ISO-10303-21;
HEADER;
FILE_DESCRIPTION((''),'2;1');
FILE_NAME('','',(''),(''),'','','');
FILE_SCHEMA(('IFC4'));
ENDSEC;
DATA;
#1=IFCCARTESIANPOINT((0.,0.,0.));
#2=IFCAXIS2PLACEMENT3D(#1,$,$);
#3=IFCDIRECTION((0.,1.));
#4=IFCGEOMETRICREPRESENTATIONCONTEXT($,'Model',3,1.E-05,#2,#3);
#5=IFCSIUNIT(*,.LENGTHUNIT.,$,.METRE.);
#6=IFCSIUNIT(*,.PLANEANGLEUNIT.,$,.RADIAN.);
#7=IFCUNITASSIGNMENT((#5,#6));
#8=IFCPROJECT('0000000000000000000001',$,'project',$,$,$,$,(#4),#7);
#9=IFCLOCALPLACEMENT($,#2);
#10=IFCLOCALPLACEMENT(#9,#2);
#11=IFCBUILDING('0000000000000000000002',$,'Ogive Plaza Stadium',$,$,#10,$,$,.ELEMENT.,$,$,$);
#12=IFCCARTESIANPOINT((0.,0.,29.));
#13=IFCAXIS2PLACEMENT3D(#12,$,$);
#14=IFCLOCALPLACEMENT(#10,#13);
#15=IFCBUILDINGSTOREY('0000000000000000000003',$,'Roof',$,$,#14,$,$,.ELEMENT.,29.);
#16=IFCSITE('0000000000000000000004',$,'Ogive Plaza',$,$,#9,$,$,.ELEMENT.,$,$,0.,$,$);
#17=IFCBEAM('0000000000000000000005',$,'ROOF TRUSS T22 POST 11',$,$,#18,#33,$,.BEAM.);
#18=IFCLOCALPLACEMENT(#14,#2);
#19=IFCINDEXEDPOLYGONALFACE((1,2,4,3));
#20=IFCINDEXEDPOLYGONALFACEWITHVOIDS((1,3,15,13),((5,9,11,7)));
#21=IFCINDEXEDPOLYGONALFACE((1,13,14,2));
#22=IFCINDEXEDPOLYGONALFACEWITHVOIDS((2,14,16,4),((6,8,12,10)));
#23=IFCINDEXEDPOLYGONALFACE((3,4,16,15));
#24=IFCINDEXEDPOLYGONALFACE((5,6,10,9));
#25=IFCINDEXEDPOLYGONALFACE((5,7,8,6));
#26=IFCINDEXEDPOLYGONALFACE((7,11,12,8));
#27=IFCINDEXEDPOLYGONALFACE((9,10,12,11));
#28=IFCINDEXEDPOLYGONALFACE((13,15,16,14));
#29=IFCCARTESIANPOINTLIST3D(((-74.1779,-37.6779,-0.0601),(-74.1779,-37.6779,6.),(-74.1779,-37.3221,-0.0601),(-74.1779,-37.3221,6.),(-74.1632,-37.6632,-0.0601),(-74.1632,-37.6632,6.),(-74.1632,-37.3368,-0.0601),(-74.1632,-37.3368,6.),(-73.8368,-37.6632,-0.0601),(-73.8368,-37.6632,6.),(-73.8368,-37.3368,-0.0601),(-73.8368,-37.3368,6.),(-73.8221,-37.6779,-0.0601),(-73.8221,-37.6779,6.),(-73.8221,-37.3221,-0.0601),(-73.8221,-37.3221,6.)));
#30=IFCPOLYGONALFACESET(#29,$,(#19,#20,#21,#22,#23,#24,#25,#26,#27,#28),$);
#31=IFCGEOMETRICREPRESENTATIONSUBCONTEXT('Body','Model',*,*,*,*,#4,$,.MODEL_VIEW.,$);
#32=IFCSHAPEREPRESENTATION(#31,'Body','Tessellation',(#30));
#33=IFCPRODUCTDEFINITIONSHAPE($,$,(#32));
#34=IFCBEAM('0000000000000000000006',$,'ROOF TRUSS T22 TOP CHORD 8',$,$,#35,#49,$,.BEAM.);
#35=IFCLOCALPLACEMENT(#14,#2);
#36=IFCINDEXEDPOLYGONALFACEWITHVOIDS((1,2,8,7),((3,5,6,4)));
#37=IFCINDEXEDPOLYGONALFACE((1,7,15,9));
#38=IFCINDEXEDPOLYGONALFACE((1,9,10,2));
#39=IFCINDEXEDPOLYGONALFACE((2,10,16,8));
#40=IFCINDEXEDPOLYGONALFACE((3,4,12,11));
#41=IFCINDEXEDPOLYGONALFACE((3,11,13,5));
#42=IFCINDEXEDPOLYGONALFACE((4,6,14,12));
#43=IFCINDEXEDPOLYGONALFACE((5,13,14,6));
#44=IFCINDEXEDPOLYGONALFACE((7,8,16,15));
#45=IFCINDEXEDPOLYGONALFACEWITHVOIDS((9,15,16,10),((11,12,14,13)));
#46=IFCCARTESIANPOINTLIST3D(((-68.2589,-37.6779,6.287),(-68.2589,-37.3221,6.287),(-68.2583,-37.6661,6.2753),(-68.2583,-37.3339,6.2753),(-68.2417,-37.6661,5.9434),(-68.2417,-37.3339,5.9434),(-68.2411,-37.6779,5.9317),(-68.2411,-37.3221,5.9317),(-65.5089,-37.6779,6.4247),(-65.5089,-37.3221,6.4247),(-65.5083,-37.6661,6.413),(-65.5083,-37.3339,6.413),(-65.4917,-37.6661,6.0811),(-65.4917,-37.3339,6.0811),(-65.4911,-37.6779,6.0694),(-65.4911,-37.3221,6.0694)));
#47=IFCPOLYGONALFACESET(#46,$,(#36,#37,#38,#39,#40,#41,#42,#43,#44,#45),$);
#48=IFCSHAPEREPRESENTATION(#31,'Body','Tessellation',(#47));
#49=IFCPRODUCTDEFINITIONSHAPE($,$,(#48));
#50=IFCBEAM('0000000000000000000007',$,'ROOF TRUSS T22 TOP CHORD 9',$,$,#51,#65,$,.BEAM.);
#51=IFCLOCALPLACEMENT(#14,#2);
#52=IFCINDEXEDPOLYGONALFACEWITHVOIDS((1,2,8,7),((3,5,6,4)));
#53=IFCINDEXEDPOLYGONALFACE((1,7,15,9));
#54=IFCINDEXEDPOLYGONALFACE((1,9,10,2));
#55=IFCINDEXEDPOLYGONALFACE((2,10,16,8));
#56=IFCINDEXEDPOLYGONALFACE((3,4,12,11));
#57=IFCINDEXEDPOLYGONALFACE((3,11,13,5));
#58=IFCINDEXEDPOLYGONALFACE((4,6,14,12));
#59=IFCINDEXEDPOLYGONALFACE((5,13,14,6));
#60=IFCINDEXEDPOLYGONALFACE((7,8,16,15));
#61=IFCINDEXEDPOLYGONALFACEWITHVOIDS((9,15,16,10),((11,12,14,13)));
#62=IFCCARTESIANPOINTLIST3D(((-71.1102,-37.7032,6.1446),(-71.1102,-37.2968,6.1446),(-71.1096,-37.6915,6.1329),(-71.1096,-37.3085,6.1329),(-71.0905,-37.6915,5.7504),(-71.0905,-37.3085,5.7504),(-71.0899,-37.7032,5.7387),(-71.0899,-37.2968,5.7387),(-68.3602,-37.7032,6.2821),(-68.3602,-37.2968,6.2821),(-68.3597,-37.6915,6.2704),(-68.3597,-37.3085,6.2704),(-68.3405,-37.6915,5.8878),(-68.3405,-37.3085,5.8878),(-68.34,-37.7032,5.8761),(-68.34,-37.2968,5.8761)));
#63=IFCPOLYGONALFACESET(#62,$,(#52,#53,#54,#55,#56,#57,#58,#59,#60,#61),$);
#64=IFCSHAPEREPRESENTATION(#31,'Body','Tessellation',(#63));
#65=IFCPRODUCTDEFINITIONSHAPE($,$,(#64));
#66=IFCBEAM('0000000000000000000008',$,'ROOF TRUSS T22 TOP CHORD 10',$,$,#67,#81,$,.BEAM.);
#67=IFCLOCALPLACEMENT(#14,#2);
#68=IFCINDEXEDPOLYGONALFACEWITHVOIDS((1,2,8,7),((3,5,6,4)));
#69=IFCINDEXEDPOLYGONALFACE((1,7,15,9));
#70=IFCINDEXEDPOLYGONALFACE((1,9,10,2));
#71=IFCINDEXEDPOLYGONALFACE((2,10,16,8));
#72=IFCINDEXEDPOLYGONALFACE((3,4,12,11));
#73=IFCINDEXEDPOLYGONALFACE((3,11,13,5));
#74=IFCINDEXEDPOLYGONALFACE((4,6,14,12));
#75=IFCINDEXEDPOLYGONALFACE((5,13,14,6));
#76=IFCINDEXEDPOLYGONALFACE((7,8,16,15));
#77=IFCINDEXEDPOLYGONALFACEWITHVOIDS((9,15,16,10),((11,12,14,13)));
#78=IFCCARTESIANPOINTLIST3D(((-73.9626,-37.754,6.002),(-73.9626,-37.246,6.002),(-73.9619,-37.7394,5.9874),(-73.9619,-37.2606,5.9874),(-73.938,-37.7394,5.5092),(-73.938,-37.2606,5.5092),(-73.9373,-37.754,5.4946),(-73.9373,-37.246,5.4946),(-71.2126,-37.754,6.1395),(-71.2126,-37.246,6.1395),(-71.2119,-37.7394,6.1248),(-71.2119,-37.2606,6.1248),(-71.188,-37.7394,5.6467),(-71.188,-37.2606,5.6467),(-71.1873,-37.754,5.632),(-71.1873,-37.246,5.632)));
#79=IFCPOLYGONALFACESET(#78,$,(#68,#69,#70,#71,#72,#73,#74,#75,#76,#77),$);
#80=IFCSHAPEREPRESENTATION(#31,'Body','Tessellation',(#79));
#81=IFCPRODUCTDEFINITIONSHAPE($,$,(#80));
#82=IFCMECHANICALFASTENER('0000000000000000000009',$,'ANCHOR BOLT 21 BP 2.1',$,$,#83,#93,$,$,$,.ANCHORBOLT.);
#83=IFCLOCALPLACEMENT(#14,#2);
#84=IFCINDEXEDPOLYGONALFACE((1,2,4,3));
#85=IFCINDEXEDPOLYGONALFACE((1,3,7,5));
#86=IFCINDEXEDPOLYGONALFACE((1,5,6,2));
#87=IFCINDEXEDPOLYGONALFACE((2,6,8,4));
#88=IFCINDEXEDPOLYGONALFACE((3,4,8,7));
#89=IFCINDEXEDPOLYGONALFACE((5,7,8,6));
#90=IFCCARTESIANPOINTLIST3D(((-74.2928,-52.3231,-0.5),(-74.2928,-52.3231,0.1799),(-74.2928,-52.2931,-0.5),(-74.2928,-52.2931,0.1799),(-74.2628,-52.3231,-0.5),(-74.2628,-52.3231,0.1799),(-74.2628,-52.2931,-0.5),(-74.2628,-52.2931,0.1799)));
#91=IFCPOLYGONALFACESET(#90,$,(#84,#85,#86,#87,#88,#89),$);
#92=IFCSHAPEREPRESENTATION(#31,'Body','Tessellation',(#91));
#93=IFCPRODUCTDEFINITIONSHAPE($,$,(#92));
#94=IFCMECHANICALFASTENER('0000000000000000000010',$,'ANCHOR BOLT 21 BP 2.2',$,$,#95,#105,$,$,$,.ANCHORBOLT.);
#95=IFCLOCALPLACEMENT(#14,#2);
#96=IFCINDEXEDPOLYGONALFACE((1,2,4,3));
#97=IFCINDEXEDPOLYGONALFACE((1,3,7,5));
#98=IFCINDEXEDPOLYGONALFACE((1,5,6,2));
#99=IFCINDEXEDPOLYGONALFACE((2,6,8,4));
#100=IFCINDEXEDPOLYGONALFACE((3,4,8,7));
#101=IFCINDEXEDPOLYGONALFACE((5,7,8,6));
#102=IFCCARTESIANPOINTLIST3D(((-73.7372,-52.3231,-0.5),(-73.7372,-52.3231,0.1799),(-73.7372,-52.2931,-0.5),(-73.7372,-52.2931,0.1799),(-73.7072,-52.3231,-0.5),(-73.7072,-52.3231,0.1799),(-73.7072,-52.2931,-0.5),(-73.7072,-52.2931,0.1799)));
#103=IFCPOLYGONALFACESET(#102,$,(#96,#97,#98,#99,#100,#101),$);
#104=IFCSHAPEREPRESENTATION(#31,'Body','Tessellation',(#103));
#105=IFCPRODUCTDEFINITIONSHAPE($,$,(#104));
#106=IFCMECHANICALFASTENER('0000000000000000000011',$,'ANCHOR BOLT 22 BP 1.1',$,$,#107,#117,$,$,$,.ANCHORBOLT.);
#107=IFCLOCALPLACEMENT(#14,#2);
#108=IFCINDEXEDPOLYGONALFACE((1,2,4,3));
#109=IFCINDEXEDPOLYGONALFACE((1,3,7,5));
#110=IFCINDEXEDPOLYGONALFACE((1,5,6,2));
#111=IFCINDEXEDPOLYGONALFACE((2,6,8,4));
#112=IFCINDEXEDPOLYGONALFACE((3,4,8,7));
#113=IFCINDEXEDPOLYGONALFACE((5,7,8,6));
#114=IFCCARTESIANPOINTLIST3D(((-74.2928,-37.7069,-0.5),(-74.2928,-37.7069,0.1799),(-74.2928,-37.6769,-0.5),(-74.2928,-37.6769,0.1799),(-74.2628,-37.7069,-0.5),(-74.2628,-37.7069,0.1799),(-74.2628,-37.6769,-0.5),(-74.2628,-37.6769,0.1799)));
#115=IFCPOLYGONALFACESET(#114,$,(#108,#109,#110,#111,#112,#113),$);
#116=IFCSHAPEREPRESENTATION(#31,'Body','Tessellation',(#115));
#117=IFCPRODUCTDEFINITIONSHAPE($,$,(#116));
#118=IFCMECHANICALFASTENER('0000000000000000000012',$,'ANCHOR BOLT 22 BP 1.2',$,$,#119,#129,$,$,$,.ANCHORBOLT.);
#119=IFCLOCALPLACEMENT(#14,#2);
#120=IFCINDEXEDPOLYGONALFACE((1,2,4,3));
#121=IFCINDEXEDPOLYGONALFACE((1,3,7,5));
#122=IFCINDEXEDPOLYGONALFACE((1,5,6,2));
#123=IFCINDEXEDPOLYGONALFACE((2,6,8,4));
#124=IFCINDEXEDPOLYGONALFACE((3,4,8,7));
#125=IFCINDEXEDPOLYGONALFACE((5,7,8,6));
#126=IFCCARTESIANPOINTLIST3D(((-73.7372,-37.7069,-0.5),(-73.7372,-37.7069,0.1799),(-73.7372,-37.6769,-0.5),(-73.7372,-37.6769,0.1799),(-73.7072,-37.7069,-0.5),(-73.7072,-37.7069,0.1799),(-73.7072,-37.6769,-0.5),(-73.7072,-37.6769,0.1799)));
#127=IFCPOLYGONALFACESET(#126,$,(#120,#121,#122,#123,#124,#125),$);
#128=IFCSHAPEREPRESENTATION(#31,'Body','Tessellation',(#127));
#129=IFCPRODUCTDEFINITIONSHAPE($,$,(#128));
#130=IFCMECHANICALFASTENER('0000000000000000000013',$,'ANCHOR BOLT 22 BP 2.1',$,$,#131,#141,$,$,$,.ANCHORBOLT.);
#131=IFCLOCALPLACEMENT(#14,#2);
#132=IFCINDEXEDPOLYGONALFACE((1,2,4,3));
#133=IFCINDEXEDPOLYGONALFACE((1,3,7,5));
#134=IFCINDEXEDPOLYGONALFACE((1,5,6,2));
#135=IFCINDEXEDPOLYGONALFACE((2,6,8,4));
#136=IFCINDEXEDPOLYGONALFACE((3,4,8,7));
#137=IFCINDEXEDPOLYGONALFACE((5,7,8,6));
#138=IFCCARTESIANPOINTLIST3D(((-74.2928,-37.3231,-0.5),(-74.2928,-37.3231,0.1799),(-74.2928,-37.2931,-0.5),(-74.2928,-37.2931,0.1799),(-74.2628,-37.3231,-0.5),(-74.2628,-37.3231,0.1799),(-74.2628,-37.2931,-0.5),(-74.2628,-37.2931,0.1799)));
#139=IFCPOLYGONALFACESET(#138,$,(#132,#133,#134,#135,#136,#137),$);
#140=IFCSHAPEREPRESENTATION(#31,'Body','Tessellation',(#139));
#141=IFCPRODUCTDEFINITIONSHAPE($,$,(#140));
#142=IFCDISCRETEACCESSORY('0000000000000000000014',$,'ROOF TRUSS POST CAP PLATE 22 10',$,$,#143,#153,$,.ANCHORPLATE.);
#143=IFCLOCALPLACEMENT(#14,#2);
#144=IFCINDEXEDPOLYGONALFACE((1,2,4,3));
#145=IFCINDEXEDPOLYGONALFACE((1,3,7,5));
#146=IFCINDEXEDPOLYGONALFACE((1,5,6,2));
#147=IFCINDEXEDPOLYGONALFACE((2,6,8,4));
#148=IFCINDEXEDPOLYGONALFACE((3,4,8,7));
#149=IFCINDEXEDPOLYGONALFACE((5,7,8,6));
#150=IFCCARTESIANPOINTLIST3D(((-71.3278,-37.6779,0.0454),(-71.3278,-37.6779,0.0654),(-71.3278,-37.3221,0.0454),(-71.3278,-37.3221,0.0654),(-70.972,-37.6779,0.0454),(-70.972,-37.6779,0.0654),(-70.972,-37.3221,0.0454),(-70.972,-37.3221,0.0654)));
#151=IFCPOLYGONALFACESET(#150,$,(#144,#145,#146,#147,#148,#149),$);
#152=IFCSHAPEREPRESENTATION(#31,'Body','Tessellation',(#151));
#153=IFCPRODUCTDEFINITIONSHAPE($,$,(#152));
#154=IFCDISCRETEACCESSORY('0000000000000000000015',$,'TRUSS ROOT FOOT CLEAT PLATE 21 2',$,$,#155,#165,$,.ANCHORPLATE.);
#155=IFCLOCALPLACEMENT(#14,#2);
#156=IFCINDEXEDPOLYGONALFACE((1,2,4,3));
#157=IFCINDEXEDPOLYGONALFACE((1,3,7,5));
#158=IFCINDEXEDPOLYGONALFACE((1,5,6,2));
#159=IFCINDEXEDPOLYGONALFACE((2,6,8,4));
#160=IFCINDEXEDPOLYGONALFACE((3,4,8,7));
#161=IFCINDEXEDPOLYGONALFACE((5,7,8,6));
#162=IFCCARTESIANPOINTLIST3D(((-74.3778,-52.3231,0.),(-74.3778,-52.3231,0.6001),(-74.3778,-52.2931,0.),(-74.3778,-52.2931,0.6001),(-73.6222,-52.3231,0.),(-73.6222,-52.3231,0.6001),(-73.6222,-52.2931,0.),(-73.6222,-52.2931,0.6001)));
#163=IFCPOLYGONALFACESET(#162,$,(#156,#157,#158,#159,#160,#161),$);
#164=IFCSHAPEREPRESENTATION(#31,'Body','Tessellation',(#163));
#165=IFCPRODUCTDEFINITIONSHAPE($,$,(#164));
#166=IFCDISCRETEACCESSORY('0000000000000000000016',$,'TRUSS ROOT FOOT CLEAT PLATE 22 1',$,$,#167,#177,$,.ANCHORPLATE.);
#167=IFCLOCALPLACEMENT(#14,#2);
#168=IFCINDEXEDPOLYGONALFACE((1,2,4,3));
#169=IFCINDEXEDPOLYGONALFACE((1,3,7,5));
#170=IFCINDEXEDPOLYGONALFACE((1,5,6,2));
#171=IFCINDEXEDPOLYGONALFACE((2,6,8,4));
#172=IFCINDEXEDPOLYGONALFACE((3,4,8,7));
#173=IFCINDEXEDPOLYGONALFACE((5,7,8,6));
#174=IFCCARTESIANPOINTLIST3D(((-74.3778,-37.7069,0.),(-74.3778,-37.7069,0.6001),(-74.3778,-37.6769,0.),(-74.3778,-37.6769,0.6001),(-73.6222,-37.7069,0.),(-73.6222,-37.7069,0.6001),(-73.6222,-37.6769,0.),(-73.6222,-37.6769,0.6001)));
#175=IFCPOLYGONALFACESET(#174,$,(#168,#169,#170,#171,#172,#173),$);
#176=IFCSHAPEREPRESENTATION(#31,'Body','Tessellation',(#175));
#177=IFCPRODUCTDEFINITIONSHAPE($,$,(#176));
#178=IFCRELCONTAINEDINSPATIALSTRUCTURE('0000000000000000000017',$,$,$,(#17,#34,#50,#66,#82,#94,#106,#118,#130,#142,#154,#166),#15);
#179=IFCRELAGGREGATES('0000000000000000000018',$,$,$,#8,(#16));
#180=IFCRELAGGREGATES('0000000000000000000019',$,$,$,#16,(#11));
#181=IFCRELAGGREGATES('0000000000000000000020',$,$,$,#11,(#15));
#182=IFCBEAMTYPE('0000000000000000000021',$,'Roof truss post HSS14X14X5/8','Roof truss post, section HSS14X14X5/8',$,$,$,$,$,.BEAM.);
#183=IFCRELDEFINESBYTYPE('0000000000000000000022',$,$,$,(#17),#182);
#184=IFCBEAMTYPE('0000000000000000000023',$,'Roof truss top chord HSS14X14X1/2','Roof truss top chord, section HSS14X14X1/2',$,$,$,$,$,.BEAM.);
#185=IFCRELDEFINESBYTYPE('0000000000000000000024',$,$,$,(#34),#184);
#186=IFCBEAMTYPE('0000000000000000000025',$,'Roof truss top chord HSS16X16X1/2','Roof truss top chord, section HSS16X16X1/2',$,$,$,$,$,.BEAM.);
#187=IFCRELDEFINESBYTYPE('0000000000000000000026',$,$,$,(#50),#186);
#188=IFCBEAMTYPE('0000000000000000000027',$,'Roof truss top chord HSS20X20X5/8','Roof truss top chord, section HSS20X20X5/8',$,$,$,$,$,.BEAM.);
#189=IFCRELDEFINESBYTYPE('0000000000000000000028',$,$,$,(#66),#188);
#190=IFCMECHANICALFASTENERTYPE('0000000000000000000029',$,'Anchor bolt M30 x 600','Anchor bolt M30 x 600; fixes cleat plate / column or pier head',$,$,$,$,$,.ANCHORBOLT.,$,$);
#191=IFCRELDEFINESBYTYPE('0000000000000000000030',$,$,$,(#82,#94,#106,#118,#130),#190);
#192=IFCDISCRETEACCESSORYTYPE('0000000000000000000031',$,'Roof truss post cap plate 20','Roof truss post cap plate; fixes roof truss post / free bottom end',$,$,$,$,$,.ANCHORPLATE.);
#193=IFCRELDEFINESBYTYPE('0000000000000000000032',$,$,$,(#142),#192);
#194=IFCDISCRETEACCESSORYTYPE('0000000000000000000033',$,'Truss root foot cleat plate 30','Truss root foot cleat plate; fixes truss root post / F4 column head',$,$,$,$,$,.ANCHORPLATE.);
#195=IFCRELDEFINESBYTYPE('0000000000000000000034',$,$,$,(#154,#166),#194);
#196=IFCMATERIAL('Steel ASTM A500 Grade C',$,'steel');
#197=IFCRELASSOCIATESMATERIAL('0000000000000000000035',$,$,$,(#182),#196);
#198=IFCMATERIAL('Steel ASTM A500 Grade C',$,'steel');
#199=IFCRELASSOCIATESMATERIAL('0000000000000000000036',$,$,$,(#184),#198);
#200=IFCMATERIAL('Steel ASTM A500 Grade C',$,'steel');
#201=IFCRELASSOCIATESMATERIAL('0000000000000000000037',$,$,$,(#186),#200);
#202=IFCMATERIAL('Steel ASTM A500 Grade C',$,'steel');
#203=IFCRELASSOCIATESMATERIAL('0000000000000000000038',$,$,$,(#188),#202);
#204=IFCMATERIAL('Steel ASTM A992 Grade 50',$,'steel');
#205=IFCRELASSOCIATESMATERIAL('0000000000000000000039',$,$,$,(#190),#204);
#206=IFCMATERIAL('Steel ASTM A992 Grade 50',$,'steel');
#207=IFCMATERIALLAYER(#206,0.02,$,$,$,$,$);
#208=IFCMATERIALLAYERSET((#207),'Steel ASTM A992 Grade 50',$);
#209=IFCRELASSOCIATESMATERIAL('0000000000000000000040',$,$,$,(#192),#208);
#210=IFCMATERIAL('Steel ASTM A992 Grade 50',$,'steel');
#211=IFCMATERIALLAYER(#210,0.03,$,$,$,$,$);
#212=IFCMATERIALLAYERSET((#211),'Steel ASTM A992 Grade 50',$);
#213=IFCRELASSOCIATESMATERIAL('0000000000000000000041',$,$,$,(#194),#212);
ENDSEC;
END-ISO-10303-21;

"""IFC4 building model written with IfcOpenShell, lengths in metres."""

from ifc_helpers import new_model, si_unit, direction, frame, origin, origin_2d, place, context, subcontext, project, spatial, rectangle, hollow_rectangle, extrude, material, layer, layer_set, material_profile, profile_set, type_object, element, save


model = new_model("IFC4")

# Units and contexts
model_context = context("Model", 3, precision=1e-05, world=origin(), true_north=direction((0.0, 1.0)))
body_context = subcontext(model_context, "Body", "Model", "MODEL_VIEW")
ifc_project = project(units=[si_unit("LENGTHUNIT", "METRE"), si_unit("PLANEANGLEUNIT", "RADIAN")], contexts=[model_context])

# Site, building, storey
site_placement = place(None, origin())
site = spatial("IfcSite", under=ifc_project, at=site_placement, Name="Ogive Plaza", CompositionType="ELEMENT", RefElevation=0.0)
building_placement = place(site_placement, origin())
building = spatial("IfcBuilding", under=site, at=building_placement, Name="Ogive Plaza Stadium", CompositionType="ELEMENT")
storey_placement = place(building_placement, frame((0.0, 0.0, 29.0)))
storey = spatial("IfcBuildingStorey", under=building, at=storey_placement, Name="Roof", CompositionType="ELEMENT", Elevation=29.0)

# Beams
ifc_material_1 = material(Name="Steel ASTM A500 Grade C", Category="steel")
ifc_material_profile_1 = material_profile(ifc_material_1, hollow_rectangle(XDim=0.3557, YDim=0.3557, WallThickness=0.0146, at=origin_2d()), Name="HSS14X14X5/8")
ifc_profile_set_1 = profile_set([ifc_material_profile_1], Name="Steel ASTM A500 Grade C")
beam_type_1 = type_object("IfcBeamType", Name="Roof truss post HSS14X14X5/8", Description="Roof truss post, section HSS14X14X5/8", PredefinedType="BEAM", material=ifc_profile_set_1)
beam_1_placement = place(storey_placement, frame((-74.0, -37.5, -0.0601), z_axis=(0.0, 0.0, 1.0), x_axis=(0.0, -1.0, 0.0)))
element("IfcBeam", 1, at=beam_1_placement, inside=storey, type_object=beam_type_1, Name="ROOF TRUSS T22 POST 11", PredefinedType="BEAM", context=body_context, shape_type="SweptSolid", body=[
    extrude(hollow_rectangle(XDim=0.3557, YDim=0.3557, WallThickness=0.0146, at=origin_2d()), origin(), (0.0, 0.0, 1.0), 6.0601),
])
ifc_material_2 = material(Name="Steel ASTM A500 Grade C", Category="steel")
ifc_material_profile_2 = material_profile(ifc_material_2, hollow_rectangle(XDim=0.3557, YDim=0.3557, WallThickness=0.0117, at=origin_2d()), Name="HSS14X14X1/2")
ifc_profile_set_2 = profile_set([ifc_material_profile_2], Name="Steel ASTM A500 Grade C")
beam_type_2 = type_object("IfcBeamType", Name="Roof truss top chord HSS14X14X1/2", Description="Roof truss top chord, section HSS14X14X1/2", PredefinedType="BEAM", material=ifc_profile_set_2)
beam_2_placement = place(storey_placement, frame((-65.5, -37.5, 6.2471), z_axis=(-0.998749, 0.0, -0.050008), x_axis=(0.0, -1.0, 0.0)))
element("IfcBeam", 2, at=beam_2_placement, inside=storey, type_object=beam_type_2, Name="ROOF TRUSS T22 TOP CHORD 8", PredefinedType="BEAM", context=body_context, shape_type="SweptSolid", body=[
    extrude(hollow_rectangle(XDim=0.3557, YDim=0.3557, WallThickness=0.0117, at=origin_2d()), origin(), (0.0, 0.0, 1.0), 2.7534),
])
ifc_material_3 = material(Name="Steel ASTM A500 Grade C", Category="steel")
ifc_material_profile_3 = material_profile(ifc_material_3, hollow_rectangle(XDim=0.4065, YDim=0.4065, WallThickness=0.0117, at=origin_2d()), Name="HSS16X16X1/2")
ifc_profile_set_3 = profile_set([ifc_material_profile_3], Name="Steel ASTM A500 Grade C")
beam_type_3 = type_object("IfcBeamType", Name="Roof truss top chord HSS16X16X1/2", Description="Roof truss top chord, section HSS16X16X1/2", PredefinedType="BEAM", material=ifc_profile_set_3)
beam_3_placement = place(storey_placement, frame((-68.3501, -37.5, 6.0791), z_axis=(-0.998753, 0.0, -0.04992), x_axis=(0.0, -1.0, 0.0)))
element("IfcBeam", 3, at=beam_3_placement, inside=storey, type_object=beam_type_3, Name="ROOF TRUSS T22 TOP CHORD 9", PredefinedType="BEAM", context=body_context, shape_type="SweptSolid", body=[
    extrude(hollow_rectangle(XDim=0.4065, YDim=0.4065, WallThickness=0.0117, at=origin_2d()), origin(), (0.0, 0.0, 1.0), 2.7534),
])
ifc_material_4 = material(Name="Steel ASTM A500 Grade C", Category="steel")
ifc_material_profile_4 = material_profile(ifc_material_4, hollow_rectangle(XDim=0.5081, YDim=0.5081, WallThickness=0.0146, at=origin_2d()), Name="HSS20X20X5/8")
ifc_profile_set_4 = profile_set([ifc_material_profile_4], Name="Steel ASTM A500 Grade C")
beam_type_4 = type_object("IfcBeamType", Name="Roof truss top chord HSS20X20X5/8", Description="Roof truss top chord, section HSS20X20X5/8", PredefinedType="BEAM", material=ifc_profile_set_4)
beam_4_placement = place(storey_placement, frame((-71.2, -37.5, 5.8857), z_axis=(-0.998753, 0.0, -0.04992), x_axis=(0.0, -1.0, 0.0)))
element("IfcBeam", 4, at=beam_4_placement, inside=storey, type_object=beam_type_4, Name="ROOF TRUSS T22 TOP CHORD 10", PredefinedType="BEAM", context=body_context, shape_type="SweptSolid", body=[
    extrude(hollow_rectangle(XDim=0.5081, YDim=0.5081, WallThickness=0.0146, at=origin_2d()), origin(), (0.0, 0.0, 1.0), 2.7534),
])

# Mechanical fasteners
ifc_material_5 = material(Name="Steel ASTM A992 Grade 50", Category="steel")
mechanical_fastener_type = type_object("IfcMechanicalFastenerType", Name="Anchor bolt M30 x 600", Description="Anchor bolt M30 x 600; fixes cleat plate / column or pier head", PredefinedType="ANCHORBOLT", material=ifc_material_5)
for number, where, z_axis, x_axis, name in (
    (5, (-74.2778, -52.3081, -0.5), (0.0, 0.0, 1.0), (-1.0, 0.0, 0.0), "ANCHOR BOLT 21 BP 2.1"),
    (6, (-73.7222, -52.3081, -0.5), (0.0, 0.0, 1.0), (-1.0, 0.0, 0.0), "ANCHOR BOLT 21 BP 2.2"),
    (7, (-74.2778, -37.6919, -0.5), (0.0, 0.0, 1.0), (-1.0, 0.0, 0.0), "ANCHOR BOLT 22 BP 1.1"),
    (8, (-73.7222, -37.6919, -0.5), (0.0, 0.0, 1.0), (-1.0, 0.0, 0.0), "ANCHOR BOLT 22 BP 1.2"),
    (9, (-74.2778, -37.3081, -0.5), (0.0, 0.0, 1.0), (-1.0, 0.0, 0.0), "ANCHOR BOLT 22 BP 2.1"),
):
    element("IfcMechanicalFastener", number, at=place(storey_placement, frame(where, z_axis=z_axis, x_axis=x_axis)), inside=storey, type_object=mechanical_fastener_type, Name=name, PredefinedType="ANCHORBOLT", context=body_context, shape_type="SweptSolid", body=[
        extrude(rectangle(XDim=0.03, YDim=0.03, at=origin_2d()), origin(), (0.0, 0.0, 1.0), 0.6799),
    ])

# Discrete accessories
ifc_material_6 = material(Name="Steel ASTM A992 Grade 50", Category="steel")
ifc_layer_1 = layer(ifc_material_6, 0.02)
ifc_layer_set_1 = layer_set([ifc_layer_1], Name="Steel ASTM A992 Grade 50")
discrete_accessory_type_1 = type_object("IfcDiscreteAccessoryType", Name="Roof truss post cap plate 20", Description="Roof truss post cap plate; fixes roof truss post / free bottom end", PredefinedType="ANCHORPLATE", material=ifc_layer_set_1)
discrete_accessory_placement = place(storey_placement, frame((-71.1499, -37.5, 0.0454), z_axis=(0.0, 0.0, 1.0), x_axis=(-1.0, 0.0, 0.0)))
element("IfcDiscreteAccessory", 10, at=discrete_accessory_placement, inside=storey, type_object=discrete_accessory_type_1, Name="ROOF TRUSS POST CAP PLATE 22 10", PredefinedType="ANCHORPLATE", context=body_context, shape_type="SweptSolid", body=[
    extrude(rectangle(XDim=0.3557, YDim=0.3557, at=origin_2d()), origin(), (0.0, 0.0, 1.0), 0.02),
])
ifc_material_7 = material(Name="Steel ASTM A992 Grade 50", Category="steel")
ifc_layer_2 = layer(ifc_material_7, 0.03)
ifc_layer_set_2 = layer_set([ifc_layer_2], Name="Steel ASTM A992 Grade 50")
discrete_accessory_type_2 = type_object("IfcDiscreteAccessoryType", Name="Truss root foot cleat plate 30", Description="Truss root foot cleat plate; fixes truss root post / F4 column head", PredefinedType="ANCHORPLATE", material=ifc_layer_set_2)
for number, where, z_axis, x_axis, name in (
    (11, (-74.0, -52.3081, 0.0), (0.0, 0.0, 1.0), (-1.0, 0.0, 0.0), "TRUSS ROOT FOOT CLEAT PLATE 21 2"),
    (12, (-74.0, -37.6919, 0.0), (0.0, 0.0, 1.0), (-1.0, 0.0, 0.0), "TRUSS ROOT FOOT CLEAT PLATE 22 1"),
):
    element("IfcDiscreteAccessory", number, at=place(storey_placement, frame(where, z_axis=z_axis, x_axis=x_axis)), inside=storey, type_object=discrete_accessory_type_2, Name=name, PredefinedType="ANCHORPLATE", context=body_context, shape_type="SweptSolid", body=[
        extrude(rectangle(XDim=0.7556, YDim=0.03, at=origin_2d()), origin(), (0.0, 0.0, 1.0), 0.6001),
    ])

save(model, "model.ifc")
